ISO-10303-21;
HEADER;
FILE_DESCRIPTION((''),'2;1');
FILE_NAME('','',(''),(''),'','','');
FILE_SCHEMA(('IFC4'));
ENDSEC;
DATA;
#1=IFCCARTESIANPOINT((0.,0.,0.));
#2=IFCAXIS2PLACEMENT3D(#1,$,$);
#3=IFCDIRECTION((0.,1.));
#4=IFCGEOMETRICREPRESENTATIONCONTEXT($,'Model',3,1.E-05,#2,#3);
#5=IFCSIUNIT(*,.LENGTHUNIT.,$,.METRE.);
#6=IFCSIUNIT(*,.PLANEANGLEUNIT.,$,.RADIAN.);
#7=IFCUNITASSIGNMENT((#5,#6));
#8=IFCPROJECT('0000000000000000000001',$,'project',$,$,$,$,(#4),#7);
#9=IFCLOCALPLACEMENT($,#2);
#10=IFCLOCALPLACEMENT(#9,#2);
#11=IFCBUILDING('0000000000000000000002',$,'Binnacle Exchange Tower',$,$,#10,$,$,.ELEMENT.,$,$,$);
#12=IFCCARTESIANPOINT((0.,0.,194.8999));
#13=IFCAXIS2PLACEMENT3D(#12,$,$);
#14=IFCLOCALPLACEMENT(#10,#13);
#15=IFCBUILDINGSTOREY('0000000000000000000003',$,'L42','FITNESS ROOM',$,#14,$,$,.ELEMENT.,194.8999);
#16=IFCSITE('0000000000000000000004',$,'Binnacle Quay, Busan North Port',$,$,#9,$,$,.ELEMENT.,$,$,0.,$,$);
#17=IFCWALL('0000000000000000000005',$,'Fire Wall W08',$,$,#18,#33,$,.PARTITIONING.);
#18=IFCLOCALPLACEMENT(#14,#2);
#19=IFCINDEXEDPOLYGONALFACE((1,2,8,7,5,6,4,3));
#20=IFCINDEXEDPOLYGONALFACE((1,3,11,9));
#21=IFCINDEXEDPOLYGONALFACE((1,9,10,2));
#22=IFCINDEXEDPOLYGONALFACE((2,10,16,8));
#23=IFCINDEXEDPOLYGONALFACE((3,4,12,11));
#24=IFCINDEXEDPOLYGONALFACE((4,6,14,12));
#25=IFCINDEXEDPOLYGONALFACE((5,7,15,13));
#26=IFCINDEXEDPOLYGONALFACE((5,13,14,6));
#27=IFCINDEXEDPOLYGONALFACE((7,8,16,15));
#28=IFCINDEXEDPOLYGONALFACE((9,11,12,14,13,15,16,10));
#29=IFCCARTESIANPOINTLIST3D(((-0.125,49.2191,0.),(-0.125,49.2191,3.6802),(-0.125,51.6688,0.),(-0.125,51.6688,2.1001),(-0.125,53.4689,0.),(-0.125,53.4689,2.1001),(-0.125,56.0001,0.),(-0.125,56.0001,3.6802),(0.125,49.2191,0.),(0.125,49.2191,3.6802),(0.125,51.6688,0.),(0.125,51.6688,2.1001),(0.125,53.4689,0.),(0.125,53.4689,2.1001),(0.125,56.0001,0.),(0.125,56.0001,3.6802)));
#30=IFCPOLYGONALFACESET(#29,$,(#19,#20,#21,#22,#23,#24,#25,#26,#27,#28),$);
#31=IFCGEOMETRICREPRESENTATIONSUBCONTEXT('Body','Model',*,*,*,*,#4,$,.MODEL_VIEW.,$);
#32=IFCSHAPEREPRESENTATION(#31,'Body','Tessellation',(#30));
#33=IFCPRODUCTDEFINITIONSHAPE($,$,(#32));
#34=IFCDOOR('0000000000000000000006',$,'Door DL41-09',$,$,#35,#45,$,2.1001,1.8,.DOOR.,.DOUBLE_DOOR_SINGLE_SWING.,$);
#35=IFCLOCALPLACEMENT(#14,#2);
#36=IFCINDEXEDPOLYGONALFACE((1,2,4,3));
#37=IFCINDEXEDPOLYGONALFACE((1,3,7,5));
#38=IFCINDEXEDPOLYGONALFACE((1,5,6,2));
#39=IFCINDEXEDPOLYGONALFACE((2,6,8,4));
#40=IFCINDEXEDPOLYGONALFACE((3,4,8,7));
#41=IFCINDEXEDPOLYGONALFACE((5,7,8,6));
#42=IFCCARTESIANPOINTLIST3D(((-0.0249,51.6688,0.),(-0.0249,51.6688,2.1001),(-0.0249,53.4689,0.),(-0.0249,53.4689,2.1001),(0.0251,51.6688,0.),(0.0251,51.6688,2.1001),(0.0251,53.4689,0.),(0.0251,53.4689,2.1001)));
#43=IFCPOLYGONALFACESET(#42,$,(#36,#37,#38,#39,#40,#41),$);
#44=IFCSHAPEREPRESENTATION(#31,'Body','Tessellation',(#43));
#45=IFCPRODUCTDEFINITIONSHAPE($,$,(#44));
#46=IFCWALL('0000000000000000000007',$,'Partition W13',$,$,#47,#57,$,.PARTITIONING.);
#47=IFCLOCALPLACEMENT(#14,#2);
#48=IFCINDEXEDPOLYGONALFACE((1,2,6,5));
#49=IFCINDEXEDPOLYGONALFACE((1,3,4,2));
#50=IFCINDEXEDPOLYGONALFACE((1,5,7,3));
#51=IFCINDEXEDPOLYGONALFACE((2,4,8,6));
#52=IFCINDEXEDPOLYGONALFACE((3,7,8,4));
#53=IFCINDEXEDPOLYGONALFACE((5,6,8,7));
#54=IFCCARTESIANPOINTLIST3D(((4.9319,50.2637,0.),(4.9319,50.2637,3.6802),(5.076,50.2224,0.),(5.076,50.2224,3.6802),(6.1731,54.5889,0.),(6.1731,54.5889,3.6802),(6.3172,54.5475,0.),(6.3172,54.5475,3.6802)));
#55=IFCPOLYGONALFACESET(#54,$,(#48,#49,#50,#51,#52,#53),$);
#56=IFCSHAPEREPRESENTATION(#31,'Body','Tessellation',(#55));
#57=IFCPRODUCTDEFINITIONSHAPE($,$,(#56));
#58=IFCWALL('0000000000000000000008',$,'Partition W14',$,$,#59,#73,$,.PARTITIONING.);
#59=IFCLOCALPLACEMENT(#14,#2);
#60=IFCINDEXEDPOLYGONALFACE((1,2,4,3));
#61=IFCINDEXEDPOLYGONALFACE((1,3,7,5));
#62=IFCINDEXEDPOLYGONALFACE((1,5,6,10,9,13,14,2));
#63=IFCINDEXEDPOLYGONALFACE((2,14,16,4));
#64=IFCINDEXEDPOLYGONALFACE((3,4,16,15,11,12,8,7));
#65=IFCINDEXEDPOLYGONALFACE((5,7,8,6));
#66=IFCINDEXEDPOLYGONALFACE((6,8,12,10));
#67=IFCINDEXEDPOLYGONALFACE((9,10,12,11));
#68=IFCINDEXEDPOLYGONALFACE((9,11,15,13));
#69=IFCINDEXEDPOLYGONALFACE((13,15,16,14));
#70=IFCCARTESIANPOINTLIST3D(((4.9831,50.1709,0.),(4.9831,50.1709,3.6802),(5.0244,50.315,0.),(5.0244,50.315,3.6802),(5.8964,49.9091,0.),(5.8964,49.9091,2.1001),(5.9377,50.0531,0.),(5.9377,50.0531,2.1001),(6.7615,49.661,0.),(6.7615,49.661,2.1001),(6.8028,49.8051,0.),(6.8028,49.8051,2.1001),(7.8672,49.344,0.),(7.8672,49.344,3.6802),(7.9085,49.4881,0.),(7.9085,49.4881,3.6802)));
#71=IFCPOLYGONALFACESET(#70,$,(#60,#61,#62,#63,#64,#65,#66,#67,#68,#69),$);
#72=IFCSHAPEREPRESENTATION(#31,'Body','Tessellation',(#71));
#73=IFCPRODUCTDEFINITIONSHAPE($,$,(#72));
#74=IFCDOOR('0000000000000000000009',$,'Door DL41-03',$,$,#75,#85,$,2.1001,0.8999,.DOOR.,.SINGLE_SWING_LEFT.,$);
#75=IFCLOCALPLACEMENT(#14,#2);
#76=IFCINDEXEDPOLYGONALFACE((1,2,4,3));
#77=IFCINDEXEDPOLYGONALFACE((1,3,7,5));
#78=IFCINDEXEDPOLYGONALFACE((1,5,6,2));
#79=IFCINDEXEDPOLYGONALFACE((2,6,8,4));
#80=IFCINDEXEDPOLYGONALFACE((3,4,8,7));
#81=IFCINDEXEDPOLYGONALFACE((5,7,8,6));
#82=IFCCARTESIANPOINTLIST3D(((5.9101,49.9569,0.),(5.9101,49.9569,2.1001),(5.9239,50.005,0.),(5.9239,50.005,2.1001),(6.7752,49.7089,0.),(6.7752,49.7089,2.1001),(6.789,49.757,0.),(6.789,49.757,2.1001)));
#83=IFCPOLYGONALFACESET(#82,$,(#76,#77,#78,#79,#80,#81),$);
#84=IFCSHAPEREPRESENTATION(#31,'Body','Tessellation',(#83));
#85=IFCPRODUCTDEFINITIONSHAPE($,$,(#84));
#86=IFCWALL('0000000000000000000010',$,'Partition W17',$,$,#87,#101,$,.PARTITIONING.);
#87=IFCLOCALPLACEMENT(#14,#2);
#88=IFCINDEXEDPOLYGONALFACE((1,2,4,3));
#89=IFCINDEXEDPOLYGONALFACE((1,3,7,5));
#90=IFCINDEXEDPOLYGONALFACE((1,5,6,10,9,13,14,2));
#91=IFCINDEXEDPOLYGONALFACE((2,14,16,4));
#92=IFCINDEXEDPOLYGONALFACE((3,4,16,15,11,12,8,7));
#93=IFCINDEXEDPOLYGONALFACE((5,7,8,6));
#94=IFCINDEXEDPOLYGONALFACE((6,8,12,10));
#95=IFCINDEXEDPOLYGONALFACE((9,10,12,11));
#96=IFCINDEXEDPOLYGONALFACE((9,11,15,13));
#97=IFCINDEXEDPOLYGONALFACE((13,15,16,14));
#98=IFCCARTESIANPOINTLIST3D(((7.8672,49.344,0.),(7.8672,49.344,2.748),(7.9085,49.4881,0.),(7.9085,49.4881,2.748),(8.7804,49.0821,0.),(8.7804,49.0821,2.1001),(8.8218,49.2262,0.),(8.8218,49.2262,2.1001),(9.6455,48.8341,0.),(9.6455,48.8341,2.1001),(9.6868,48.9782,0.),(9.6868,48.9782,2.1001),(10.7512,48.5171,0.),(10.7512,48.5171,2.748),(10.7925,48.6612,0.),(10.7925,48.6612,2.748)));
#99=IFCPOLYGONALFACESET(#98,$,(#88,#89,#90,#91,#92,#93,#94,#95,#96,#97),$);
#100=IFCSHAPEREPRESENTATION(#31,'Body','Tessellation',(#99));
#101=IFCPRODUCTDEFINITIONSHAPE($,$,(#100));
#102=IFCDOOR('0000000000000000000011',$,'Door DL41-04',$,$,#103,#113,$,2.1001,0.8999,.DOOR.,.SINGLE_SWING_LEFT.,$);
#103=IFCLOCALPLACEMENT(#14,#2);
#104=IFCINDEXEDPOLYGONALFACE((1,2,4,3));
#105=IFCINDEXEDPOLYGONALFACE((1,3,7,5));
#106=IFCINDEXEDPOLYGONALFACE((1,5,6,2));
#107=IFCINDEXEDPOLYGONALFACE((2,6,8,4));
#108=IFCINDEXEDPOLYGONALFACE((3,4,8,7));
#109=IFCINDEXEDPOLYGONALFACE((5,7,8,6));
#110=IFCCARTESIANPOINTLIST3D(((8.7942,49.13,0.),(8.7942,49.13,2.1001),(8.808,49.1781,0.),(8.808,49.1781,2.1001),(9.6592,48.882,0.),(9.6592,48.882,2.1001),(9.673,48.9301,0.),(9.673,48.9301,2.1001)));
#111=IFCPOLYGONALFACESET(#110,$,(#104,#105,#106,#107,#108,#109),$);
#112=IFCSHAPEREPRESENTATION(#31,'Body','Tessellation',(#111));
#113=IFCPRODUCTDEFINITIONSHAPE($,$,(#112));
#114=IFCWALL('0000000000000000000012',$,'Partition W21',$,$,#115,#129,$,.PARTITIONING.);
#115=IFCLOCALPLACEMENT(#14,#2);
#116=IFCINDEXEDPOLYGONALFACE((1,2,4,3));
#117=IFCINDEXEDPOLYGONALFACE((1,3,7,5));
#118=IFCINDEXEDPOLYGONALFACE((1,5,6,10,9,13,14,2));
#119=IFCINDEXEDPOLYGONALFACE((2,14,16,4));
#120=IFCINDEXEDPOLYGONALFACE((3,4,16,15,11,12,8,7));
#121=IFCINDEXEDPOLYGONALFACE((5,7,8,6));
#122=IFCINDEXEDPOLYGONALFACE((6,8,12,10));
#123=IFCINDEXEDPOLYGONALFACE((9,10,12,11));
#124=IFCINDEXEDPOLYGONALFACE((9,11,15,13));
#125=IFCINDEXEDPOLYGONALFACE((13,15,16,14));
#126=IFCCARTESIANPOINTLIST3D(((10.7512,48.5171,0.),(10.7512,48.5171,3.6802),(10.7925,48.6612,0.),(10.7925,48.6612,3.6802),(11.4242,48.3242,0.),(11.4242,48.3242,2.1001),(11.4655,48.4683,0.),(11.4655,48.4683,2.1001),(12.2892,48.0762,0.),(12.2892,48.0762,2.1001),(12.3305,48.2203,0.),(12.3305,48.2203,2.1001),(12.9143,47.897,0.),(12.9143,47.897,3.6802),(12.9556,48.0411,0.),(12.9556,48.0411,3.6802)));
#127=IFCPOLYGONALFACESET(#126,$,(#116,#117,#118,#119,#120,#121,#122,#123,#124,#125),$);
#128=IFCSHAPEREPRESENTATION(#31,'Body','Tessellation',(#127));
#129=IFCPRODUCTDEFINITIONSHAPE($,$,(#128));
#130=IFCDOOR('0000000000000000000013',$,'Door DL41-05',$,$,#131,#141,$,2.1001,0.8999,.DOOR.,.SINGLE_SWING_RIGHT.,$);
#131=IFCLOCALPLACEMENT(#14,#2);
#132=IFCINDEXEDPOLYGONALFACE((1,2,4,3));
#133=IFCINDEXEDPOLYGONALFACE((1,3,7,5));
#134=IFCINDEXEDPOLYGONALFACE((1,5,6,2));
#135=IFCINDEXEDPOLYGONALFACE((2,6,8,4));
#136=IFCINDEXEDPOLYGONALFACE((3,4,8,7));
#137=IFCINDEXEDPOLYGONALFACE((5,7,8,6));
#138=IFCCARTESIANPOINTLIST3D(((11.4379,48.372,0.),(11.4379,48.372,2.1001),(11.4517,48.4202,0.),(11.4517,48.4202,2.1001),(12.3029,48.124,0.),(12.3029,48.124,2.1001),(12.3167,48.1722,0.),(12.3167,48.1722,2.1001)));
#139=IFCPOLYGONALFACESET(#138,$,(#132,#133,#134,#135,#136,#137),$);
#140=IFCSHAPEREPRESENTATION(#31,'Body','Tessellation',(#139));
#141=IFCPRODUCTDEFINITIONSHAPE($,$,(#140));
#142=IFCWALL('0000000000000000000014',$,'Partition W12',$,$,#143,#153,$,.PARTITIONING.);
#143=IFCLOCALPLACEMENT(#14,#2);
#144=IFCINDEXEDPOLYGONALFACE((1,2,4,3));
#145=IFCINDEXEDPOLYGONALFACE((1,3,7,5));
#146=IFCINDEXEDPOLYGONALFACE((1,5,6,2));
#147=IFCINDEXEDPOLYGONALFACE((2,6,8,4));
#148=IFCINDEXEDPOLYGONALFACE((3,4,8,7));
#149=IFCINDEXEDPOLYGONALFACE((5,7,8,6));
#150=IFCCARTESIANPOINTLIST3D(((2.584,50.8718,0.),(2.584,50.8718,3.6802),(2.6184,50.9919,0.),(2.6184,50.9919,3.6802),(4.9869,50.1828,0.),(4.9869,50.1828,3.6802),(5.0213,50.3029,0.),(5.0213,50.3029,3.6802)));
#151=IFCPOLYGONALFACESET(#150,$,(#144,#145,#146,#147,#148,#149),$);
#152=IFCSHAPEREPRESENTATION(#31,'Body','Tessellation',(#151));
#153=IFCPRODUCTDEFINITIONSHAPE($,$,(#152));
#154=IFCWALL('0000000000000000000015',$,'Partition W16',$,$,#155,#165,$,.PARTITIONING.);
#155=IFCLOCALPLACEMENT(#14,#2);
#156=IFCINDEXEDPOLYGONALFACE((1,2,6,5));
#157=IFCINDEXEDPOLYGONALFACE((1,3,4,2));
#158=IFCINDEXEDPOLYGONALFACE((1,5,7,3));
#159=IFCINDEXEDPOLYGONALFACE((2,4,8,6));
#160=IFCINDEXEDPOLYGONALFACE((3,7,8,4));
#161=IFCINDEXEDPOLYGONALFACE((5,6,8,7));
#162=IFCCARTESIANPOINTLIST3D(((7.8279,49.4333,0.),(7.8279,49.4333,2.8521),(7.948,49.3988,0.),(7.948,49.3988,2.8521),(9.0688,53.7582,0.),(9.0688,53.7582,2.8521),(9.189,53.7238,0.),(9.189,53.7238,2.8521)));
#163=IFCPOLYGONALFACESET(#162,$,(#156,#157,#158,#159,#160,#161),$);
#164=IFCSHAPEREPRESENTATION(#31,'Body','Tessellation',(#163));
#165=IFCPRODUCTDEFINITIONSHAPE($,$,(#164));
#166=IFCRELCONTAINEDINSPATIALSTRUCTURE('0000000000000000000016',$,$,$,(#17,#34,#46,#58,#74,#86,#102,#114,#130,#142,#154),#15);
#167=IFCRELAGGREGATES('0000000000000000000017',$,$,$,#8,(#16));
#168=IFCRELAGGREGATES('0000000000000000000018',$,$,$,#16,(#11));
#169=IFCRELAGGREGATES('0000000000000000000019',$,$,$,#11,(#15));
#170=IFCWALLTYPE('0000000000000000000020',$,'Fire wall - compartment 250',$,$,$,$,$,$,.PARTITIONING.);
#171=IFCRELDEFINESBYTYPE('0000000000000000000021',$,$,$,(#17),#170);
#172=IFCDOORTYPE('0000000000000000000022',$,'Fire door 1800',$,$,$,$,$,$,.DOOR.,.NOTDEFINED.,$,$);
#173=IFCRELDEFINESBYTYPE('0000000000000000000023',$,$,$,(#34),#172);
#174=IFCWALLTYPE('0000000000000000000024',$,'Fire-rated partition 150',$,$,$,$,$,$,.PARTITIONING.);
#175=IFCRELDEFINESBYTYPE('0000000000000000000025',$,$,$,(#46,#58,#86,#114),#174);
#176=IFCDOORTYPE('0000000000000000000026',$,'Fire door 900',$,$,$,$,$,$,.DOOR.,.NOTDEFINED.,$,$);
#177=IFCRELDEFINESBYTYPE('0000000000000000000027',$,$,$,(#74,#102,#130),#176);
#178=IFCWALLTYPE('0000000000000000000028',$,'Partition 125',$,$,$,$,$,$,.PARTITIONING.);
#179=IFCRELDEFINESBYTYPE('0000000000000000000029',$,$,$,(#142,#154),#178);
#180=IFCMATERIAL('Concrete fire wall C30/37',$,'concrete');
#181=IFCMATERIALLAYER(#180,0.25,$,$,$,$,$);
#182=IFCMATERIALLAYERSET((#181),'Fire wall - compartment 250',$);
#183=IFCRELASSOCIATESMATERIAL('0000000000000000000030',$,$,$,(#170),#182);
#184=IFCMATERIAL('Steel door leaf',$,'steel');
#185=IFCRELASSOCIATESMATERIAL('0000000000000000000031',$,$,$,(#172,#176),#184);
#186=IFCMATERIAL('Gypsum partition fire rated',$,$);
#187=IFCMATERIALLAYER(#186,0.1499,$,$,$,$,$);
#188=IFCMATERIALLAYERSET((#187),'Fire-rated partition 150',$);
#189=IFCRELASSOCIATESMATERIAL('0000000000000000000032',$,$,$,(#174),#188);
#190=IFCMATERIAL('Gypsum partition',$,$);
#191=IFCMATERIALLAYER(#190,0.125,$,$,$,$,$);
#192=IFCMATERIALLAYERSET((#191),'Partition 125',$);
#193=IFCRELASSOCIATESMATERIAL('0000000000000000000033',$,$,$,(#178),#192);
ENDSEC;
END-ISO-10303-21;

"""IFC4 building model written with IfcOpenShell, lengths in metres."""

from ifc_helpers import new_model, si_unit, direction, frame, frame_2d, origin, place, context, subcontext, project, spatial, rectangle, extrude, material, layer, layer_set, type_object, element, fill, save


model = new_model("IFC4")

# Units and contexts
model_context = context("Model", 3, precision=1e-05, world=origin(), true_north=direction((0.0, 1.0)))
body_context = subcontext(model_context, "Body", "Model", "MODEL_VIEW")
ifc_project = project(units=[si_unit("LENGTHUNIT", "METRE"), si_unit("PLANEANGLEUNIT", "RADIAN")], contexts=[model_context])

# Site, building, storey
site_placement = place(None, origin())
site = spatial("IfcSite", under=ifc_project, at=site_placement, Name="Binnacle Quay, Busan North Port", CompositionType="ELEMENT", RefElevation=0.0)
building_placement = place(site_placement, origin())
building = spatial("IfcBuilding", under=site, at=building_placement, Name="Binnacle Exchange Tower", CompositionType="ELEMENT")
storey_placement = place(building_placement, frame((0.0, 0.0, 194.8999)))
storey = spatial("IfcBuildingStorey", under=building, at=storey_placement, Name="L42", Description="FITNESS ROOM", CompositionType="ELEMENT", Elevation=194.8999)

# Wall, opening, door
ifc_material_1 = material(Name="Concrete fire wall C30/37", Category="concrete")
ifc_layer_1 = layer(ifc_material_1, 0.25)
ifc_layer_set_1 = layer_set([ifc_layer_1], Name="Fire wall - compartment 250")
wall_type_1 = type_object("IfcWallType", Name="Fire wall - compartment 250", PredefinedType="PARTITIONING", material=ifc_layer_set_1)
wall_1_placement = place(storey_placement, frame((0.0, 49.219, 0.0), z_axis=(0.0, 0.0, 1.0), x_axis=(0.0, 1.0, 0.0)))
wall_1 = element("IfcWall", 1, at=wall_1_placement, inside=storey, type_object=wall_type_1, Name="Fire Wall W08", PredefinedType="PARTITIONING", context=body_context, shape_type="SweptSolid", body=[
    extrude(rectangle(XDim=6.781, YDim=0.25, at=frame_2d((3.3906, 0.0))), origin(), (0.0, 0.0, 1.0), 3.6802),
])
opening_1_placement = place(wall_1_placement, frame((2.45, 0.0, 0.0)))
opening_1 = element("IfcOpeningElement", 2, at=opening_1_placement, cuts=wall_1, PredefinedType="OPENING", context=body_context, shape_type="SweptSolid", body=[
    extrude(rectangle(XDim=1.8, YDim=2.1001, at=frame_2d((0.8999, 1.05))), frame((0.0, 0.135, 0.0), z_axis=(0.0, -1.0, 0.0), x_axis=(1.0, 0.0, 0.0)), (0.0, 0.0, 1.0), 0.27),
])
ifc_material_2 = material(Name="Steel door leaf", Category="steel")
door_type_1 = type_object("IfcDoorType", Name="Fire door 1800", OperationType="NOTDEFINED", PredefinedType="DOOR", material=ifc_material_2)
door_1_placement = place(opening_1_placement, origin())
door_1 = element("IfcDoor", 3, at=door_1_placement, inside=storey, type_object=door_type_1, Name="Door DL41-09", OperationType="DOUBLE_DOOR_SINGLE_SWING", OverallHeight=2.1001, OverallWidth=1.8, PredefinedType="DOOR", context=body_context, shape_type="SweptSolid", body=[
    extrude(rectangle(XDim=1.8, YDim=2.1001, at=frame_2d((0.8999, 1.05))), frame((0.0, 0.0249, 0.0), z_axis=(0.0, -1.0, 0.0), x_axis=(1.0, 0.0, 0.0)), (0.0, 0.0, 1.0), 0.05),
])
fill(opening_1, door_1)

# Wall
ifc_material_3 = material(Name="Gypsum partition fire rated")
ifc_layer_2 = layer(ifc_material_3, 0.1499)
ifc_layer_set_2 = layer_set([ifc_layer_2], Name="Fire-rated partition 150")
wall_type_2 = type_object("IfcWallType", Name="Fire-rated partition 150", PredefinedType="PARTITIONING", material=ifc_layer_set_2)
wall_2_placement = place(storey_placement, frame((5.0039, 50.2429, 0.0), z_axis=(0.0, 0.0, 1.0), x_axis=(0.275839, 0.961204, 0.0)))
element("IfcWall", 4, at=wall_2_placement, inside=storey, type_object=wall_type_2, Name="Partition W13", PredefinedType="PARTITIONING", context=body_context, shape_type="SweptSolid", body=[
    extrude(rectangle(XDim=4.4998, YDim=0.1499, at=frame_2d((2.25, 0.0))), origin(), (0.0, 0.0, 1.0), 3.6802),
])

# Walls, openings, doors
wall_3_placement = place(storey_placement, frame((5.0039, 50.2429, 0.0), z_axis=(0.0, 0.0, 1.0), x_axis=(0.961269, -0.275613, 0.0)))
wall_3 = element("IfcWall", 5, at=wall_3_placement, inside=storey, type_object=wall_type_2, Name="Partition W14", PredefinedType="PARTITIONING", context=body_context, shape_type="SweptSolid", body=[
    extrude(rectangle(XDim=3.0002, YDim=0.1499, at=frame_2d((1.5, 0.0))), origin(), (0.0, 0.0, 1.0), 3.6802),
])
opening_2_placement = place(wall_3_placement, frame((0.95, 0.0, 0.0)))
opening_2 = element("IfcOpeningElement", 6, at=opening_2_placement, cuts=wall_3, PredefinedType="OPENING", context=body_context, shape_type="SweptSolid", body=[
    extrude(rectangle(XDim=0.8999, YDim=2.1001, at=frame_2d((0.45, 1.05))), frame((0.0, 0.085, 0.0), z_axis=(0.0, -1.0, 0.0), x_axis=(1.0, 0.0, 0.0)), (0.0, 0.0, 1.0), 0.1699),
])
door_type_2 = type_object("IfcDoorType", Name="Fire door 900", OperationType="NOTDEFINED", PredefinedType="DOOR", material=ifc_material_2)
door_2_placement = place(opening_2_placement, origin())
door_2 = element("IfcDoor", 7, at=door_2_placement, inside=storey, type_object=door_type_2, Name="Door DL41-03", OperationType="SINGLE_SWING_LEFT", OverallHeight=2.1001, OverallWidth=0.8999, PredefinedType="DOOR", context=body_context, shape_type="SweptSolid", body=[
    extrude(rectangle(XDim=0.8999, YDim=2.1001, at=frame_2d((0.45, 1.05))), frame((0.0, 0.0249, 0.0), z_axis=(0.0, -1.0, 0.0), x_axis=(1.0, 0.0, 0.0)), (0.0, 0.0, 1.0), 0.05),
])
fill(opening_2, door_2)
wall_4_placement = place(storey_placement, frame((7.8879, 49.416, 0.0), z_axis=(0.0, 0.0, 1.0), x_axis=(0.961269, -0.275613, 0.0)))
wall_4 = element("IfcWall", 8, at=wall_4_placement, inside=storey, type_object=wall_type_2, Name="Partition W17", PredefinedType="PARTITIONING", context=body_context, shape_type="SweptSolid", body=[
    extrude(rectangle(XDim=3.0002, YDim=0.1499, at=frame_2d((1.5, 0.0))), origin(), (0.0, 0.0, 1.0), 2.748),
])
opening_3_placement = place(wall_4_placement, frame((0.95, 0.0, 0.0)))
opening_3 = element("IfcOpeningElement", 9, at=opening_3_placement, cuts=wall_4, PredefinedType="OPENING", context=body_context, shape_type="SweptSolid", body=[
    extrude(rectangle(XDim=0.8999, YDim=2.1001, at=frame_2d((0.45, 1.05))), frame((0.0, 0.085, 0.0), z_axis=(0.0, -1.0, 0.0), x_axis=(1.0, 0.0, 0.0)), (0.0, 0.0, 1.0), 0.1699),
])
door_3_placement = place(opening_3_placement, origin())
door_3 = element("IfcDoor", 10, at=door_3_placement, inside=storey, type_object=door_type_2, Name="Door DL41-04", OperationType="SINGLE_SWING_LEFT", OverallHeight=2.1001, OverallWidth=0.8999, PredefinedType="DOOR", context=body_context, shape_type="SweptSolid", body=[
    extrude(rectangle(XDim=0.8999, YDim=2.1001, at=frame_2d((0.45, 1.05))), frame((0.0, 0.0249, 0.0), z_axis=(0.0, -1.0, 0.0), x_axis=(1.0, 0.0, 0.0)), (0.0, 0.0, 1.0), 0.05),
])
fill(opening_3, door_3)
wall_5_placement = place(storey_placement, frame((10.772, 48.5891, 0.0), z_axis=(0.0, 0.0, 1.0), x_axis=(0.961278, -0.275581, 0.0)))
wall_5 = element("IfcWall", 11, at=wall_5_placement, inside=storey, type_object=wall_type_2, Name="Partition W21", PredefinedType="PARTITIONING", context=body_context, shape_type="SweptSolid", body=[
    extrude(rectangle(XDim=2.2502, YDim=0.1499, at=frame_2d((1.125, 0.0))), origin(), (0.0, 0.0, 1.0), 3.6802),
])
opening_4_placement = place(wall_5_placement, frame((0.7, 0.0, 0.0)))
opening_4 = element("IfcOpeningElement", 12, at=opening_4_placement, cuts=wall_5, PredefinedType="OPENING", context=body_context, shape_type="SweptSolid", body=[
    extrude(rectangle(XDim=0.8999, YDim=2.1001, at=frame_2d((0.45, 1.05))), frame((0.0, 0.085, 0.0), z_axis=(0.0, -1.0, 0.0), x_axis=(1.0, 0.0, 0.0)), (0.0, 0.0, 1.0), 0.1699),
])
door_4_placement = place(opening_4_placement, origin())
door_4 = element("IfcDoor", 13, at=door_4_placement, inside=storey, type_object=door_type_2, Name="Door DL41-05", OperationType="SINGLE_SWING_RIGHT", OverallHeight=2.1001, OverallWidth=0.8999, PredefinedType="DOOR", context=body_context, shape_type="SweptSolid", body=[
    extrude(rectangle(XDim=0.8999, YDim=2.1001, at=frame_2d((0.45, 1.05))), frame((0.0, 0.0249, 0.0), z_axis=(0.0, -1.0, 0.0), x_axis=(1.0, 0.0, 0.0)), (0.0, 0.0, 1.0), 0.05),
])
fill(opening_4, door_4)

# Walls
ifc_material_4 = material(Name="Gypsum partition")
ifc_layer_3 = layer(ifc_material_4, 0.125)
ifc_layer_set_3 = layer_set([ifc_layer_3], Name="Partition 125")
wall_type_3 = type_object("IfcWallType", Name="Partition 125", PredefinedType="PARTITIONING", material=ifc_layer_set_3)
wall_6_placement = place(storey_placement, frame((2.6011, 50.9319, 0.0), z_axis=(0.0, 0.0, 1.0), x_axis=(0.961266, -0.275624, 0.0)))
element("IfcWall", 14, at=wall_6_placement, inside=storey, type_object=wall_type_3, Name="Partition W12", PredefinedType="PARTITIONING", context=body_context, shape_type="SweptSolid", body=[
    extrude(rectangle(XDim=2.4998, YDim=0.125, at=frame_2d((1.25, 0.0))), origin(), (0.0, 0.0, 1.0), 3.6802),
])
wall_7_placement = place(storey_placement, frame((7.8879, 49.416, 0.0), z_axis=(0.0, 0.0, 1.0), x_axis=(0.275803, 0.961214, 0.0)))
element("IfcWall", 15, at=wall_7_placement, inside=storey, type_object=wall_type_3, Name="Partition W16", PredefinedType="PARTITIONING", context=body_context, shape_type="SweptSolid", body=[
    extrude(rectangle(XDim=4.4995, YDim=0.125, at=frame_2d((2.2498, 0.0))), origin(), (0.0, 0.0, 1.0), 2.8521),
])

save(model, "model.ifc")
